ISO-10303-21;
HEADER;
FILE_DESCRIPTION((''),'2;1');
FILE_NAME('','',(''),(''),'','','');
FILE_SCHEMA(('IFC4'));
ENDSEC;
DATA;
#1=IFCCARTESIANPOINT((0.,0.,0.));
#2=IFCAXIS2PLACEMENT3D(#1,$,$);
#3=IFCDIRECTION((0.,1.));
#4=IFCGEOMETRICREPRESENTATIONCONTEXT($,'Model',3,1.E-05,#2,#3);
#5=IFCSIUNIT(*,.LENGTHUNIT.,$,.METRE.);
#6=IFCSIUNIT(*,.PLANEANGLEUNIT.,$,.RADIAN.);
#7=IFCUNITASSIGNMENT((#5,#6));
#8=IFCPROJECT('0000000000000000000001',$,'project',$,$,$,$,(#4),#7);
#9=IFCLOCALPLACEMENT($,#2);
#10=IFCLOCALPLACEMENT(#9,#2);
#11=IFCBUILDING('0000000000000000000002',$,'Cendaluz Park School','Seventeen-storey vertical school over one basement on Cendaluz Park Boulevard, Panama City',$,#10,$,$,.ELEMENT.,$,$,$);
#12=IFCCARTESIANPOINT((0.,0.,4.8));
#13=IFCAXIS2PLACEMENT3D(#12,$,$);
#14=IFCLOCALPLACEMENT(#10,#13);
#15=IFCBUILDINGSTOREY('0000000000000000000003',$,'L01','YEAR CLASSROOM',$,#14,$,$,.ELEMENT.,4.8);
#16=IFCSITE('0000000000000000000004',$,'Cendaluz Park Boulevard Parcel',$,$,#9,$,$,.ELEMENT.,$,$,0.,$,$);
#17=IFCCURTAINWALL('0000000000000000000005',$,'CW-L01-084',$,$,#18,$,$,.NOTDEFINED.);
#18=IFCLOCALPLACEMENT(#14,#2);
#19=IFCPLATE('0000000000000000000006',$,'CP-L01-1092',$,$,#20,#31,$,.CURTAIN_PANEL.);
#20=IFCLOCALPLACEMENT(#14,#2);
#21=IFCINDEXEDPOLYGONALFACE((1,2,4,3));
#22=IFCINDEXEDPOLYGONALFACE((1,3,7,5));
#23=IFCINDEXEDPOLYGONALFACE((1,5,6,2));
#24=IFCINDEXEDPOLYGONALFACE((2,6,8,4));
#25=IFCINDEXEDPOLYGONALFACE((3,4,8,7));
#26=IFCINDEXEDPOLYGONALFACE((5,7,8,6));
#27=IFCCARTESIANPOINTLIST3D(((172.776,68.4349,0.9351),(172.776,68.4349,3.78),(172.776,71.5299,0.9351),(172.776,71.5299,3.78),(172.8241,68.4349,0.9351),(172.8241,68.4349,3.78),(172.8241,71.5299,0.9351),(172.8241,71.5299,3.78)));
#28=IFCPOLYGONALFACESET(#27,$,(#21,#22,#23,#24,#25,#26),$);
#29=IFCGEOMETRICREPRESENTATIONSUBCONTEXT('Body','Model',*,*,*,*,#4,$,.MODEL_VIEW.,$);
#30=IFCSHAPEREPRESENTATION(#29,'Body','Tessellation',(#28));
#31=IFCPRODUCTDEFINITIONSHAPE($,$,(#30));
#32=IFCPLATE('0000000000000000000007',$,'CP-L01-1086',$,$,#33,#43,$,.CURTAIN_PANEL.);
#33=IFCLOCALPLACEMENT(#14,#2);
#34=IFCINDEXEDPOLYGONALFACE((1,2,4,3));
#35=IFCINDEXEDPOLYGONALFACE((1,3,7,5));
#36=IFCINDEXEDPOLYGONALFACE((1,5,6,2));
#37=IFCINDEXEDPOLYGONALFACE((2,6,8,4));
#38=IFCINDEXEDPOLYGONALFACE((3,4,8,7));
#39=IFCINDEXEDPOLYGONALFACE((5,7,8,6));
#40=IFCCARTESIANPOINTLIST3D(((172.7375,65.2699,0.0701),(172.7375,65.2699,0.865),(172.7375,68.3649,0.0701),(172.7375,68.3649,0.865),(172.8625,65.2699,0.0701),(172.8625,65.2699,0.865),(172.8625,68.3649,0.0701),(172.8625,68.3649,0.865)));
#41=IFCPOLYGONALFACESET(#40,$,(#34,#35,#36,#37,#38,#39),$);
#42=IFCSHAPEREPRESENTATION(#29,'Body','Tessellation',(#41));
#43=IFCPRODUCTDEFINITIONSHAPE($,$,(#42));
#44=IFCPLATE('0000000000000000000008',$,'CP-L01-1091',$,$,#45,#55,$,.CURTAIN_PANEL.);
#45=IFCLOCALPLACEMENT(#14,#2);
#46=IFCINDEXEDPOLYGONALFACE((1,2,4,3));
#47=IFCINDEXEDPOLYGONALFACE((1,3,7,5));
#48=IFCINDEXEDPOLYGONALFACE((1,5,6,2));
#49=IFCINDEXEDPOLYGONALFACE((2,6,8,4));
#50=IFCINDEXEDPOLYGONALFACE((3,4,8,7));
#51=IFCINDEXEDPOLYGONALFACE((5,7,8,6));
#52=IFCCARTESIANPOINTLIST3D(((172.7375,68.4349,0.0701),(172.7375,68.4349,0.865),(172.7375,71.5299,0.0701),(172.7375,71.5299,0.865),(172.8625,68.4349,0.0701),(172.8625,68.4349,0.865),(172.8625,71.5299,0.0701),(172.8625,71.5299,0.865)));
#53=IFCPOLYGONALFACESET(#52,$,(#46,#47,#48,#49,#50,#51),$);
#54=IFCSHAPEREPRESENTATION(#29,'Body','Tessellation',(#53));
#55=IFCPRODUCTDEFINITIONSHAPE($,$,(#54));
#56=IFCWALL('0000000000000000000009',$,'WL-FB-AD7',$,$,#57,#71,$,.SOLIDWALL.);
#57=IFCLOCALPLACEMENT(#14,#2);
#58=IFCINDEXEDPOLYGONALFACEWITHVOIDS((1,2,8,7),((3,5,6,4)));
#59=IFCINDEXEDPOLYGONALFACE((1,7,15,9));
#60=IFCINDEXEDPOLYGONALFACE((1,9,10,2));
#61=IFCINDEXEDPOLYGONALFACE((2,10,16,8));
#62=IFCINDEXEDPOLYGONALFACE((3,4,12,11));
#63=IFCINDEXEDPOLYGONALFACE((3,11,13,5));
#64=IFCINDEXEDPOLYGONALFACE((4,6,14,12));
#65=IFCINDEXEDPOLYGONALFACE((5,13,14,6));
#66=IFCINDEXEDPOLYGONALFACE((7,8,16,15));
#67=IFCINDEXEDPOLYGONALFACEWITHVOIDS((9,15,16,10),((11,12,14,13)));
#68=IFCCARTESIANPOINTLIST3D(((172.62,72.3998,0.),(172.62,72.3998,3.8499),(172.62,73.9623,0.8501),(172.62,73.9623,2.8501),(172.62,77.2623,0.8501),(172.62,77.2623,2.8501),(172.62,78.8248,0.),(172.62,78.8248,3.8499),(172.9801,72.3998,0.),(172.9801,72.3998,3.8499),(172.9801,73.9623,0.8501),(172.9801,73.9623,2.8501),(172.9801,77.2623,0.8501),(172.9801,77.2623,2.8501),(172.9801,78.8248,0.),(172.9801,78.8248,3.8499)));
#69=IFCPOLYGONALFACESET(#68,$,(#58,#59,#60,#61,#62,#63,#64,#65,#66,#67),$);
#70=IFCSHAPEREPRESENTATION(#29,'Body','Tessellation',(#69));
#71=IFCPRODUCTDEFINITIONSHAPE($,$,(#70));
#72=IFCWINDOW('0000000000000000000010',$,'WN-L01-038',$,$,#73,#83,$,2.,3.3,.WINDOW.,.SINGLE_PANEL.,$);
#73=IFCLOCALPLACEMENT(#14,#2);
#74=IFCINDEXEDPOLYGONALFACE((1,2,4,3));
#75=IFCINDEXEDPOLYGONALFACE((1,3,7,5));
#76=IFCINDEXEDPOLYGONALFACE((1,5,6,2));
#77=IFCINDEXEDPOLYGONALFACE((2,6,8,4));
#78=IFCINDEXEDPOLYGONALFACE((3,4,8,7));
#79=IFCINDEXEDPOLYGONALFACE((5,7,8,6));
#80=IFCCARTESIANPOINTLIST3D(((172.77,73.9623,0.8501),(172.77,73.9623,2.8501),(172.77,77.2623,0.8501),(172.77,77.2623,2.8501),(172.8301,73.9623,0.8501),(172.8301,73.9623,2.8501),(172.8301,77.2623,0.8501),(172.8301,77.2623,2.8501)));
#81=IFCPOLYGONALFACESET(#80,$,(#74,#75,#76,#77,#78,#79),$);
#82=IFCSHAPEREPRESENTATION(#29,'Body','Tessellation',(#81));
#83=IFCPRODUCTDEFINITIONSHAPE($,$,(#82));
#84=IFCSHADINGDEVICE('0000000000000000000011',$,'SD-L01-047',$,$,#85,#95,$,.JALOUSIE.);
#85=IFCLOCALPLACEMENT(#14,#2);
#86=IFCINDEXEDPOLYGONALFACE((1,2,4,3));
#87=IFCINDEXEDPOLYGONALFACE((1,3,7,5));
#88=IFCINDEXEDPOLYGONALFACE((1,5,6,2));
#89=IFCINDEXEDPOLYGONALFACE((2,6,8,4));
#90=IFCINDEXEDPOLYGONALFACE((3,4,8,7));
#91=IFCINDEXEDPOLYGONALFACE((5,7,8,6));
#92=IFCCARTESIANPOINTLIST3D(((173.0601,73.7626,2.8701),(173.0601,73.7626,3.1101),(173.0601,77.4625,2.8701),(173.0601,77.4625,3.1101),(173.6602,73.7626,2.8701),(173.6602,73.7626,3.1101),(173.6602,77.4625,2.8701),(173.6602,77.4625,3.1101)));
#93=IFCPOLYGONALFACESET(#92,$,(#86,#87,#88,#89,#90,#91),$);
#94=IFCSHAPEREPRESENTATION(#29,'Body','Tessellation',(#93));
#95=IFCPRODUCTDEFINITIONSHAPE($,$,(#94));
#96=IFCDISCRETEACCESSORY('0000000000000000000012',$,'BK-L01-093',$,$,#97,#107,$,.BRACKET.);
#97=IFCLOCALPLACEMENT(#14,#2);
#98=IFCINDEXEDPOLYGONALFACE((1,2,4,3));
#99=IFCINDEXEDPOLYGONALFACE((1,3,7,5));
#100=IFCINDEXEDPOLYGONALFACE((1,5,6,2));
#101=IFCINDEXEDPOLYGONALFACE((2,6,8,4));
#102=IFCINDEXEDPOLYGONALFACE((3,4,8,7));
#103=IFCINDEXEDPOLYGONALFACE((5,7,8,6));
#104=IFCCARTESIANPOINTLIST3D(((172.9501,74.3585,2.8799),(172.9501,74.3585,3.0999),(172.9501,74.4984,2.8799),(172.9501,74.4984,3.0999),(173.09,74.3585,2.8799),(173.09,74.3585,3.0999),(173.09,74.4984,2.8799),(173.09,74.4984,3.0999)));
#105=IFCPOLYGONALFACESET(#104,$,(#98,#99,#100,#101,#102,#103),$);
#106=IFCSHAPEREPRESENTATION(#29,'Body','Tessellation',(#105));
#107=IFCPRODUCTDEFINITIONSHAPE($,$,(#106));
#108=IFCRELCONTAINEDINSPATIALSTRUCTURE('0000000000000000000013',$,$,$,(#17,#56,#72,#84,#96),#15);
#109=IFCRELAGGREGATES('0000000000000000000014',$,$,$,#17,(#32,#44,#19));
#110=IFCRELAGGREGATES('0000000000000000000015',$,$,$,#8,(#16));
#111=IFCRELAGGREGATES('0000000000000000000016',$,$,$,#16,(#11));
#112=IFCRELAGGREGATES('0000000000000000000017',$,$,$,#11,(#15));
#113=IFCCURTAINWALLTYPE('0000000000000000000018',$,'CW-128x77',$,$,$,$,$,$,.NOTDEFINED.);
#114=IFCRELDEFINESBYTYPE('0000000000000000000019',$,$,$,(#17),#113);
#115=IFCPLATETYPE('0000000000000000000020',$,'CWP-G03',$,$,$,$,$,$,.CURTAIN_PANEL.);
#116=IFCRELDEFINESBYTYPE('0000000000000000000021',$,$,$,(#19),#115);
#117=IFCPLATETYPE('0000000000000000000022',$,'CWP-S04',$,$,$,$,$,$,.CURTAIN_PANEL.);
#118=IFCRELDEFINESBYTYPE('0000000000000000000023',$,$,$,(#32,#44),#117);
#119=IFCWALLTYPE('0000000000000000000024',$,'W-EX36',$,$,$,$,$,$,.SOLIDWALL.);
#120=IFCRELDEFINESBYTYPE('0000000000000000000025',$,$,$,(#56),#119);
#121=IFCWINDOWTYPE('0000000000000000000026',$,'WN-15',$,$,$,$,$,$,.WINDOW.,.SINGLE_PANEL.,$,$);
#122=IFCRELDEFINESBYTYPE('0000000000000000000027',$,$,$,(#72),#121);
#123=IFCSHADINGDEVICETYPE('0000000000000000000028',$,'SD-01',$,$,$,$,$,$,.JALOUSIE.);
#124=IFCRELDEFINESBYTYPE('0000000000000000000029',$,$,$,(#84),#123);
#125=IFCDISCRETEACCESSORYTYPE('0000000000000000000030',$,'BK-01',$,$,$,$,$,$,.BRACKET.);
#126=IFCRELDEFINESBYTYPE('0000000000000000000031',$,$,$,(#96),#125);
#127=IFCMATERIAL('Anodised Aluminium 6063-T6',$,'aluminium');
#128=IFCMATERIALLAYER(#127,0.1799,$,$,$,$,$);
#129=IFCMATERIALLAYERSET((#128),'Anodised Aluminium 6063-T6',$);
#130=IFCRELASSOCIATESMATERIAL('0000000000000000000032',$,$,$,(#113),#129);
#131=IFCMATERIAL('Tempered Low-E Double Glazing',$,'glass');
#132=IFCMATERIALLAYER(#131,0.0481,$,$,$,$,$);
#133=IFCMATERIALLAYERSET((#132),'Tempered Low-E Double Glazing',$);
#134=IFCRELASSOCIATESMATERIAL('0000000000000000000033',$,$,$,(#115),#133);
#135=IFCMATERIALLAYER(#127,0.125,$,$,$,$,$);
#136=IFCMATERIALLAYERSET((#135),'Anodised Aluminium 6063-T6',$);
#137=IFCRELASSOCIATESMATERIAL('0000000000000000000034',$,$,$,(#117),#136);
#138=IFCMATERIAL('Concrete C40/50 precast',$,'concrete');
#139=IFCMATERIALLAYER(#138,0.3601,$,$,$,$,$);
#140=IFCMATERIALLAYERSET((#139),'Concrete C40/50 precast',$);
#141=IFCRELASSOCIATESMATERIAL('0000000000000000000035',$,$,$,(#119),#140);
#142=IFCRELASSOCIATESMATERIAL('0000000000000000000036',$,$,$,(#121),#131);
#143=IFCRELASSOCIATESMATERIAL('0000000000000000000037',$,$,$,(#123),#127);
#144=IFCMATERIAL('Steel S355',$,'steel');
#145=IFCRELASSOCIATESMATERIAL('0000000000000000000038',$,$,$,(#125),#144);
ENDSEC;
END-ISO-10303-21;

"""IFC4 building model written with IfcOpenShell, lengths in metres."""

from ifc_helpers import new_model, si_unit, direction, frame, frame_2d, origin, origin_2d, place, context, subcontext, project, spatial, rectangle, extrude, material, layer, layer_set, type_object, element, fill, aggregate, save


model = new_model("IFC4")

# Units and contexts
model_context = context("Model", 3, precision=1e-05, world=origin(), true_north=direction((0.0, 1.0)))
body_context = subcontext(model_context, "Body", "Model", "MODEL_VIEW")
ifc_project = project(units=[si_unit("LENGTHUNIT", "METRE"), si_unit("PLANEANGLEUNIT", "RADIAN")], contexts=[model_context])

# Site, building, storey
site_placement = place(None, origin())
site = spatial("IfcSite", under=ifc_project, at=site_placement, Name="Cendaluz Park Boulevard Parcel", CompositionType="ELEMENT", RefElevation=0.0)
building_placement = place(site_placement, origin())
building = spatial("IfcBuilding", under=site, at=building_placement, Name="Cendaluz Park School", Description="Seventeen-storey vertical school over one basement on Cendaluz Park Boulevard, Panama City", CompositionType="ELEMENT")
storey_placement = place(building_placement, frame((0.0, 0.0, 4.8)))
storey = spatial("IfcBuildingStorey", under=building, at=storey_placement, Name="L01", Description="YEAR CLASSROOM", CompositionType="ELEMENT", Elevation=4.8)

# Curtain wall
ifc_material_1 = material(Name="Anodised Aluminium 6063-T6", Category="aluminium")
ifc_layer_1 = layer(ifc_material_1, 0.1799)
ifc_layer_set_1 = layer_set([ifc_layer_1], Name="Anodised Aluminium 6063-T6")
curtain_wall_type = type_object("IfcCurtainWallType", Name="CW-128x77", PredefinedType="NOTDEFINED", material=ifc_layer_set_1)
curtain_wall_placement = place(storey_placement, origin())
curtain_wall = element("IfcCurtainWall", 1, at=curtain_wall_placement, inside=storey, type_object=curtain_wall_type, Name="CW-L01-084", PredefinedType="NOTDEFINED")

# Plates
ifc_material_2 = material(Name="Tempered Low-E Double Glazing", Category="glass")
ifc_layer_2 = layer(ifc_material_2, 0.0481)
ifc_layer_set_2 = layer_set([ifc_layer_2], Name="Tempered Low-E Double Glazing")
plate_type_1 = type_object("IfcPlateType", Name="CWP-G03", PredefinedType="CURTAIN_PANEL", material=ifc_layer_set_2)
plate_1_placement = place(storey_placement, frame((172.8, 69.9824, 0.9351), z_axis=(0.0, 0.0, 1.0), x_axis=(0.0, 1.0, 0.0)))
plate_1 = element("IfcPlate", 2, at=plate_1_placement, type_object=plate_type_1, Name="CP-L01-1092", PredefinedType="CURTAIN_PANEL", context=body_context, shape_type="SweptSolid", body=[
    extrude(rectangle(XDim=3.095, YDim=0.0481, at=origin_2d()), origin(), (0.0, 0.0, 1.0), 2.845),
])
ifc_layer_3 = layer(ifc_material_1, 0.125)
ifc_layer_set_3 = layer_set([ifc_layer_3], Name="Anodised Aluminium 6063-T6")
plate_type_2 = type_object("IfcPlateType", Name="CWP-S04", PredefinedType="CURTAIN_PANEL", material=ifc_layer_set_3)
plate_2_placement = place(storey_placement, frame((172.8, 66.8174, 0.0701), z_axis=(0.0, 0.0, 1.0), x_axis=(0.0, 1.0, 0.0)))
plate_2 = element("IfcPlate", 3, at=plate_2_placement, type_object=plate_type_2, Name="CP-L01-1086", PredefinedType="CURTAIN_PANEL", context=body_context, shape_type="SweptSolid", body=[
    extrude(rectangle(XDim=3.095, YDim=0.125, at=origin_2d()), origin(), (0.0, 0.0, 1.0), 0.7949),
])
plate_3_placement = place(storey_placement, frame((172.8, 69.9824, 0.0701), z_axis=(0.0, 0.0, 1.0), x_axis=(0.0, 1.0, 0.0)))
plate_3 = element("IfcPlate", 4, at=plate_3_placement, type_object=plate_type_2, Name="CP-L01-1091", PredefinedType="CURTAIN_PANEL", context=body_context, shape_type="SweptSolid", body=[
    extrude(rectangle(XDim=3.095, YDim=0.125, at=origin_2d()), origin(), (0.0, 0.0, 1.0), 0.7949),
])
aggregate(curtain_wall, [plate_2, plate_3, plate_1])

# Wall, opening, window
ifc_material_3 = material(Name="Concrete C40/50 precast", Category="concrete")
ifc_layer_4 = layer(ifc_material_3, 0.3601)
ifc_layer_set_4 = layer_set([ifc_layer_4], Name="Concrete C40/50 precast")
wall_type = type_object("IfcWallType", Name="W-EX36", PredefinedType="SOLIDWALL", material=ifc_layer_set_4)
wall_placement = place(storey_placement, frame((172.8, 72.3999, 0.0), z_axis=(0.0, 0.0, 1.0), x_axis=(0.0, 1.0, 0.0)))
wall = element("IfcWall", 5, at=wall_placement, inside=storey, type_object=wall_type, Name="WL-FB-AD7", PredefinedType="SOLIDWALL", context=body_context, shape_type="SweptSolid", body=[
    extrude(rectangle(XDim=6.425, YDim=0.3601, at=frame_2d((3.2124, 0.0))), origin(), (0.0, 0.0, 1.0), 3.8499),
])
opening_placement = place(wall_placement, frame((1.5625, 0.0, 0.8501)))
opening = element("IfcOpeningElement", 6, at=opening_placement, cuts=wall, PredefinedType="OPENING", context=body_context, shape_type="SweptSolid", body=[
    extrude(rectangle(XDim=3.3, YDim=2.0, at=frame_2d((1.6499, 1.0))), frame((0.0, 0.1921, 0.0), z_axis=(0.0, -1.0, 0.0), x_axis=(1.0, 0.0, 0.0)), (0.0, 0.0, 1.0), 0.384),
])
window_type = type_object("IfcWindowType", Name="WN-15", PartitioningType="SINGLE_PANEL", PredefinedType="WINDOW", material=ifc_material_2)
window_placement = place(opening_placement, origin())
window = element("IfcWindow", 7, at=window_placement, inside=storey, type_object=window_type, Name="WN-L01-038", OverallHeight=2.0, OverallWidth=3.3, PartitioningType="SINGLE_PANEL", PredefinedType="WINDOW", context=body_context, shape_type="SweptSolid", body=[
    extrude(rectangle(XDim=3.3, YDim=2.0, at=frame_2d((1.6499, 1.0))), frame((0.0, 0.03, 0.0), z_axis=(0.0, -1.0, 0.0), x_axis=(1.0, 0.0, 0.0)), (0.0, 0.0, 1.0), 0.0601),
])
fill(opening, window)

# Shading device
shading_device_type = type_object("IfcShadingDeviceType", Name="SD-01", PredefinedType="JALOUSIE", material=ifc_material_1)
shading_device_placement = place(storey_placement, frame((173.3601, 75.6125, 2.8701), z_axis=(0.0, 0.0, 1.0), x_axis=(0.0, 1.0, 0.0)))
element("IfcShadingDevice", 8, at=shading_device_placement, inside=storey, type_object=shading_device_type, Name="SD-L01-047", PredefinedType="JALOUSIE", context=body_context, shape_type="SweptSolid", body=[
    extrude(rectangle(XDim=3.7, YDim=0.6001, at=origin_2d()), origin(), (0.0, 0.0, 1.0), 0.24),
])

# Discrete accessory
ifc_material_4 = material(Name="Steel S355", Category="steel")
discrete_accessory_type = type_object("IfcDiscreteAccessoryType", Name="BK-01", PredefinedType="BRACKET", material=ifc_material_4)
discrete_accessory_placement = place(storey_placement, frame((173.02, 74.4285, 2.8799), z_axis=(0.0, 0.0, 1.0), x_axis=(0.0, 1.0, 0.0)))
element("IfcDiscreteAccessory", 9, at=discrete_accessory_placement, inside=storey, type_object=discrete_accessory_type, Name="BK-L01-093", PredefinedType="BRACKET", context=body_context, shape_type="SweptSolid", body=[
    extrude(rectangle(XDim=0.1399, YDim=0.1399, at=origin_2d()), origin(), (0.0, 0.0, 1.0), 0.22),
])

save(model, "model.ifc")
